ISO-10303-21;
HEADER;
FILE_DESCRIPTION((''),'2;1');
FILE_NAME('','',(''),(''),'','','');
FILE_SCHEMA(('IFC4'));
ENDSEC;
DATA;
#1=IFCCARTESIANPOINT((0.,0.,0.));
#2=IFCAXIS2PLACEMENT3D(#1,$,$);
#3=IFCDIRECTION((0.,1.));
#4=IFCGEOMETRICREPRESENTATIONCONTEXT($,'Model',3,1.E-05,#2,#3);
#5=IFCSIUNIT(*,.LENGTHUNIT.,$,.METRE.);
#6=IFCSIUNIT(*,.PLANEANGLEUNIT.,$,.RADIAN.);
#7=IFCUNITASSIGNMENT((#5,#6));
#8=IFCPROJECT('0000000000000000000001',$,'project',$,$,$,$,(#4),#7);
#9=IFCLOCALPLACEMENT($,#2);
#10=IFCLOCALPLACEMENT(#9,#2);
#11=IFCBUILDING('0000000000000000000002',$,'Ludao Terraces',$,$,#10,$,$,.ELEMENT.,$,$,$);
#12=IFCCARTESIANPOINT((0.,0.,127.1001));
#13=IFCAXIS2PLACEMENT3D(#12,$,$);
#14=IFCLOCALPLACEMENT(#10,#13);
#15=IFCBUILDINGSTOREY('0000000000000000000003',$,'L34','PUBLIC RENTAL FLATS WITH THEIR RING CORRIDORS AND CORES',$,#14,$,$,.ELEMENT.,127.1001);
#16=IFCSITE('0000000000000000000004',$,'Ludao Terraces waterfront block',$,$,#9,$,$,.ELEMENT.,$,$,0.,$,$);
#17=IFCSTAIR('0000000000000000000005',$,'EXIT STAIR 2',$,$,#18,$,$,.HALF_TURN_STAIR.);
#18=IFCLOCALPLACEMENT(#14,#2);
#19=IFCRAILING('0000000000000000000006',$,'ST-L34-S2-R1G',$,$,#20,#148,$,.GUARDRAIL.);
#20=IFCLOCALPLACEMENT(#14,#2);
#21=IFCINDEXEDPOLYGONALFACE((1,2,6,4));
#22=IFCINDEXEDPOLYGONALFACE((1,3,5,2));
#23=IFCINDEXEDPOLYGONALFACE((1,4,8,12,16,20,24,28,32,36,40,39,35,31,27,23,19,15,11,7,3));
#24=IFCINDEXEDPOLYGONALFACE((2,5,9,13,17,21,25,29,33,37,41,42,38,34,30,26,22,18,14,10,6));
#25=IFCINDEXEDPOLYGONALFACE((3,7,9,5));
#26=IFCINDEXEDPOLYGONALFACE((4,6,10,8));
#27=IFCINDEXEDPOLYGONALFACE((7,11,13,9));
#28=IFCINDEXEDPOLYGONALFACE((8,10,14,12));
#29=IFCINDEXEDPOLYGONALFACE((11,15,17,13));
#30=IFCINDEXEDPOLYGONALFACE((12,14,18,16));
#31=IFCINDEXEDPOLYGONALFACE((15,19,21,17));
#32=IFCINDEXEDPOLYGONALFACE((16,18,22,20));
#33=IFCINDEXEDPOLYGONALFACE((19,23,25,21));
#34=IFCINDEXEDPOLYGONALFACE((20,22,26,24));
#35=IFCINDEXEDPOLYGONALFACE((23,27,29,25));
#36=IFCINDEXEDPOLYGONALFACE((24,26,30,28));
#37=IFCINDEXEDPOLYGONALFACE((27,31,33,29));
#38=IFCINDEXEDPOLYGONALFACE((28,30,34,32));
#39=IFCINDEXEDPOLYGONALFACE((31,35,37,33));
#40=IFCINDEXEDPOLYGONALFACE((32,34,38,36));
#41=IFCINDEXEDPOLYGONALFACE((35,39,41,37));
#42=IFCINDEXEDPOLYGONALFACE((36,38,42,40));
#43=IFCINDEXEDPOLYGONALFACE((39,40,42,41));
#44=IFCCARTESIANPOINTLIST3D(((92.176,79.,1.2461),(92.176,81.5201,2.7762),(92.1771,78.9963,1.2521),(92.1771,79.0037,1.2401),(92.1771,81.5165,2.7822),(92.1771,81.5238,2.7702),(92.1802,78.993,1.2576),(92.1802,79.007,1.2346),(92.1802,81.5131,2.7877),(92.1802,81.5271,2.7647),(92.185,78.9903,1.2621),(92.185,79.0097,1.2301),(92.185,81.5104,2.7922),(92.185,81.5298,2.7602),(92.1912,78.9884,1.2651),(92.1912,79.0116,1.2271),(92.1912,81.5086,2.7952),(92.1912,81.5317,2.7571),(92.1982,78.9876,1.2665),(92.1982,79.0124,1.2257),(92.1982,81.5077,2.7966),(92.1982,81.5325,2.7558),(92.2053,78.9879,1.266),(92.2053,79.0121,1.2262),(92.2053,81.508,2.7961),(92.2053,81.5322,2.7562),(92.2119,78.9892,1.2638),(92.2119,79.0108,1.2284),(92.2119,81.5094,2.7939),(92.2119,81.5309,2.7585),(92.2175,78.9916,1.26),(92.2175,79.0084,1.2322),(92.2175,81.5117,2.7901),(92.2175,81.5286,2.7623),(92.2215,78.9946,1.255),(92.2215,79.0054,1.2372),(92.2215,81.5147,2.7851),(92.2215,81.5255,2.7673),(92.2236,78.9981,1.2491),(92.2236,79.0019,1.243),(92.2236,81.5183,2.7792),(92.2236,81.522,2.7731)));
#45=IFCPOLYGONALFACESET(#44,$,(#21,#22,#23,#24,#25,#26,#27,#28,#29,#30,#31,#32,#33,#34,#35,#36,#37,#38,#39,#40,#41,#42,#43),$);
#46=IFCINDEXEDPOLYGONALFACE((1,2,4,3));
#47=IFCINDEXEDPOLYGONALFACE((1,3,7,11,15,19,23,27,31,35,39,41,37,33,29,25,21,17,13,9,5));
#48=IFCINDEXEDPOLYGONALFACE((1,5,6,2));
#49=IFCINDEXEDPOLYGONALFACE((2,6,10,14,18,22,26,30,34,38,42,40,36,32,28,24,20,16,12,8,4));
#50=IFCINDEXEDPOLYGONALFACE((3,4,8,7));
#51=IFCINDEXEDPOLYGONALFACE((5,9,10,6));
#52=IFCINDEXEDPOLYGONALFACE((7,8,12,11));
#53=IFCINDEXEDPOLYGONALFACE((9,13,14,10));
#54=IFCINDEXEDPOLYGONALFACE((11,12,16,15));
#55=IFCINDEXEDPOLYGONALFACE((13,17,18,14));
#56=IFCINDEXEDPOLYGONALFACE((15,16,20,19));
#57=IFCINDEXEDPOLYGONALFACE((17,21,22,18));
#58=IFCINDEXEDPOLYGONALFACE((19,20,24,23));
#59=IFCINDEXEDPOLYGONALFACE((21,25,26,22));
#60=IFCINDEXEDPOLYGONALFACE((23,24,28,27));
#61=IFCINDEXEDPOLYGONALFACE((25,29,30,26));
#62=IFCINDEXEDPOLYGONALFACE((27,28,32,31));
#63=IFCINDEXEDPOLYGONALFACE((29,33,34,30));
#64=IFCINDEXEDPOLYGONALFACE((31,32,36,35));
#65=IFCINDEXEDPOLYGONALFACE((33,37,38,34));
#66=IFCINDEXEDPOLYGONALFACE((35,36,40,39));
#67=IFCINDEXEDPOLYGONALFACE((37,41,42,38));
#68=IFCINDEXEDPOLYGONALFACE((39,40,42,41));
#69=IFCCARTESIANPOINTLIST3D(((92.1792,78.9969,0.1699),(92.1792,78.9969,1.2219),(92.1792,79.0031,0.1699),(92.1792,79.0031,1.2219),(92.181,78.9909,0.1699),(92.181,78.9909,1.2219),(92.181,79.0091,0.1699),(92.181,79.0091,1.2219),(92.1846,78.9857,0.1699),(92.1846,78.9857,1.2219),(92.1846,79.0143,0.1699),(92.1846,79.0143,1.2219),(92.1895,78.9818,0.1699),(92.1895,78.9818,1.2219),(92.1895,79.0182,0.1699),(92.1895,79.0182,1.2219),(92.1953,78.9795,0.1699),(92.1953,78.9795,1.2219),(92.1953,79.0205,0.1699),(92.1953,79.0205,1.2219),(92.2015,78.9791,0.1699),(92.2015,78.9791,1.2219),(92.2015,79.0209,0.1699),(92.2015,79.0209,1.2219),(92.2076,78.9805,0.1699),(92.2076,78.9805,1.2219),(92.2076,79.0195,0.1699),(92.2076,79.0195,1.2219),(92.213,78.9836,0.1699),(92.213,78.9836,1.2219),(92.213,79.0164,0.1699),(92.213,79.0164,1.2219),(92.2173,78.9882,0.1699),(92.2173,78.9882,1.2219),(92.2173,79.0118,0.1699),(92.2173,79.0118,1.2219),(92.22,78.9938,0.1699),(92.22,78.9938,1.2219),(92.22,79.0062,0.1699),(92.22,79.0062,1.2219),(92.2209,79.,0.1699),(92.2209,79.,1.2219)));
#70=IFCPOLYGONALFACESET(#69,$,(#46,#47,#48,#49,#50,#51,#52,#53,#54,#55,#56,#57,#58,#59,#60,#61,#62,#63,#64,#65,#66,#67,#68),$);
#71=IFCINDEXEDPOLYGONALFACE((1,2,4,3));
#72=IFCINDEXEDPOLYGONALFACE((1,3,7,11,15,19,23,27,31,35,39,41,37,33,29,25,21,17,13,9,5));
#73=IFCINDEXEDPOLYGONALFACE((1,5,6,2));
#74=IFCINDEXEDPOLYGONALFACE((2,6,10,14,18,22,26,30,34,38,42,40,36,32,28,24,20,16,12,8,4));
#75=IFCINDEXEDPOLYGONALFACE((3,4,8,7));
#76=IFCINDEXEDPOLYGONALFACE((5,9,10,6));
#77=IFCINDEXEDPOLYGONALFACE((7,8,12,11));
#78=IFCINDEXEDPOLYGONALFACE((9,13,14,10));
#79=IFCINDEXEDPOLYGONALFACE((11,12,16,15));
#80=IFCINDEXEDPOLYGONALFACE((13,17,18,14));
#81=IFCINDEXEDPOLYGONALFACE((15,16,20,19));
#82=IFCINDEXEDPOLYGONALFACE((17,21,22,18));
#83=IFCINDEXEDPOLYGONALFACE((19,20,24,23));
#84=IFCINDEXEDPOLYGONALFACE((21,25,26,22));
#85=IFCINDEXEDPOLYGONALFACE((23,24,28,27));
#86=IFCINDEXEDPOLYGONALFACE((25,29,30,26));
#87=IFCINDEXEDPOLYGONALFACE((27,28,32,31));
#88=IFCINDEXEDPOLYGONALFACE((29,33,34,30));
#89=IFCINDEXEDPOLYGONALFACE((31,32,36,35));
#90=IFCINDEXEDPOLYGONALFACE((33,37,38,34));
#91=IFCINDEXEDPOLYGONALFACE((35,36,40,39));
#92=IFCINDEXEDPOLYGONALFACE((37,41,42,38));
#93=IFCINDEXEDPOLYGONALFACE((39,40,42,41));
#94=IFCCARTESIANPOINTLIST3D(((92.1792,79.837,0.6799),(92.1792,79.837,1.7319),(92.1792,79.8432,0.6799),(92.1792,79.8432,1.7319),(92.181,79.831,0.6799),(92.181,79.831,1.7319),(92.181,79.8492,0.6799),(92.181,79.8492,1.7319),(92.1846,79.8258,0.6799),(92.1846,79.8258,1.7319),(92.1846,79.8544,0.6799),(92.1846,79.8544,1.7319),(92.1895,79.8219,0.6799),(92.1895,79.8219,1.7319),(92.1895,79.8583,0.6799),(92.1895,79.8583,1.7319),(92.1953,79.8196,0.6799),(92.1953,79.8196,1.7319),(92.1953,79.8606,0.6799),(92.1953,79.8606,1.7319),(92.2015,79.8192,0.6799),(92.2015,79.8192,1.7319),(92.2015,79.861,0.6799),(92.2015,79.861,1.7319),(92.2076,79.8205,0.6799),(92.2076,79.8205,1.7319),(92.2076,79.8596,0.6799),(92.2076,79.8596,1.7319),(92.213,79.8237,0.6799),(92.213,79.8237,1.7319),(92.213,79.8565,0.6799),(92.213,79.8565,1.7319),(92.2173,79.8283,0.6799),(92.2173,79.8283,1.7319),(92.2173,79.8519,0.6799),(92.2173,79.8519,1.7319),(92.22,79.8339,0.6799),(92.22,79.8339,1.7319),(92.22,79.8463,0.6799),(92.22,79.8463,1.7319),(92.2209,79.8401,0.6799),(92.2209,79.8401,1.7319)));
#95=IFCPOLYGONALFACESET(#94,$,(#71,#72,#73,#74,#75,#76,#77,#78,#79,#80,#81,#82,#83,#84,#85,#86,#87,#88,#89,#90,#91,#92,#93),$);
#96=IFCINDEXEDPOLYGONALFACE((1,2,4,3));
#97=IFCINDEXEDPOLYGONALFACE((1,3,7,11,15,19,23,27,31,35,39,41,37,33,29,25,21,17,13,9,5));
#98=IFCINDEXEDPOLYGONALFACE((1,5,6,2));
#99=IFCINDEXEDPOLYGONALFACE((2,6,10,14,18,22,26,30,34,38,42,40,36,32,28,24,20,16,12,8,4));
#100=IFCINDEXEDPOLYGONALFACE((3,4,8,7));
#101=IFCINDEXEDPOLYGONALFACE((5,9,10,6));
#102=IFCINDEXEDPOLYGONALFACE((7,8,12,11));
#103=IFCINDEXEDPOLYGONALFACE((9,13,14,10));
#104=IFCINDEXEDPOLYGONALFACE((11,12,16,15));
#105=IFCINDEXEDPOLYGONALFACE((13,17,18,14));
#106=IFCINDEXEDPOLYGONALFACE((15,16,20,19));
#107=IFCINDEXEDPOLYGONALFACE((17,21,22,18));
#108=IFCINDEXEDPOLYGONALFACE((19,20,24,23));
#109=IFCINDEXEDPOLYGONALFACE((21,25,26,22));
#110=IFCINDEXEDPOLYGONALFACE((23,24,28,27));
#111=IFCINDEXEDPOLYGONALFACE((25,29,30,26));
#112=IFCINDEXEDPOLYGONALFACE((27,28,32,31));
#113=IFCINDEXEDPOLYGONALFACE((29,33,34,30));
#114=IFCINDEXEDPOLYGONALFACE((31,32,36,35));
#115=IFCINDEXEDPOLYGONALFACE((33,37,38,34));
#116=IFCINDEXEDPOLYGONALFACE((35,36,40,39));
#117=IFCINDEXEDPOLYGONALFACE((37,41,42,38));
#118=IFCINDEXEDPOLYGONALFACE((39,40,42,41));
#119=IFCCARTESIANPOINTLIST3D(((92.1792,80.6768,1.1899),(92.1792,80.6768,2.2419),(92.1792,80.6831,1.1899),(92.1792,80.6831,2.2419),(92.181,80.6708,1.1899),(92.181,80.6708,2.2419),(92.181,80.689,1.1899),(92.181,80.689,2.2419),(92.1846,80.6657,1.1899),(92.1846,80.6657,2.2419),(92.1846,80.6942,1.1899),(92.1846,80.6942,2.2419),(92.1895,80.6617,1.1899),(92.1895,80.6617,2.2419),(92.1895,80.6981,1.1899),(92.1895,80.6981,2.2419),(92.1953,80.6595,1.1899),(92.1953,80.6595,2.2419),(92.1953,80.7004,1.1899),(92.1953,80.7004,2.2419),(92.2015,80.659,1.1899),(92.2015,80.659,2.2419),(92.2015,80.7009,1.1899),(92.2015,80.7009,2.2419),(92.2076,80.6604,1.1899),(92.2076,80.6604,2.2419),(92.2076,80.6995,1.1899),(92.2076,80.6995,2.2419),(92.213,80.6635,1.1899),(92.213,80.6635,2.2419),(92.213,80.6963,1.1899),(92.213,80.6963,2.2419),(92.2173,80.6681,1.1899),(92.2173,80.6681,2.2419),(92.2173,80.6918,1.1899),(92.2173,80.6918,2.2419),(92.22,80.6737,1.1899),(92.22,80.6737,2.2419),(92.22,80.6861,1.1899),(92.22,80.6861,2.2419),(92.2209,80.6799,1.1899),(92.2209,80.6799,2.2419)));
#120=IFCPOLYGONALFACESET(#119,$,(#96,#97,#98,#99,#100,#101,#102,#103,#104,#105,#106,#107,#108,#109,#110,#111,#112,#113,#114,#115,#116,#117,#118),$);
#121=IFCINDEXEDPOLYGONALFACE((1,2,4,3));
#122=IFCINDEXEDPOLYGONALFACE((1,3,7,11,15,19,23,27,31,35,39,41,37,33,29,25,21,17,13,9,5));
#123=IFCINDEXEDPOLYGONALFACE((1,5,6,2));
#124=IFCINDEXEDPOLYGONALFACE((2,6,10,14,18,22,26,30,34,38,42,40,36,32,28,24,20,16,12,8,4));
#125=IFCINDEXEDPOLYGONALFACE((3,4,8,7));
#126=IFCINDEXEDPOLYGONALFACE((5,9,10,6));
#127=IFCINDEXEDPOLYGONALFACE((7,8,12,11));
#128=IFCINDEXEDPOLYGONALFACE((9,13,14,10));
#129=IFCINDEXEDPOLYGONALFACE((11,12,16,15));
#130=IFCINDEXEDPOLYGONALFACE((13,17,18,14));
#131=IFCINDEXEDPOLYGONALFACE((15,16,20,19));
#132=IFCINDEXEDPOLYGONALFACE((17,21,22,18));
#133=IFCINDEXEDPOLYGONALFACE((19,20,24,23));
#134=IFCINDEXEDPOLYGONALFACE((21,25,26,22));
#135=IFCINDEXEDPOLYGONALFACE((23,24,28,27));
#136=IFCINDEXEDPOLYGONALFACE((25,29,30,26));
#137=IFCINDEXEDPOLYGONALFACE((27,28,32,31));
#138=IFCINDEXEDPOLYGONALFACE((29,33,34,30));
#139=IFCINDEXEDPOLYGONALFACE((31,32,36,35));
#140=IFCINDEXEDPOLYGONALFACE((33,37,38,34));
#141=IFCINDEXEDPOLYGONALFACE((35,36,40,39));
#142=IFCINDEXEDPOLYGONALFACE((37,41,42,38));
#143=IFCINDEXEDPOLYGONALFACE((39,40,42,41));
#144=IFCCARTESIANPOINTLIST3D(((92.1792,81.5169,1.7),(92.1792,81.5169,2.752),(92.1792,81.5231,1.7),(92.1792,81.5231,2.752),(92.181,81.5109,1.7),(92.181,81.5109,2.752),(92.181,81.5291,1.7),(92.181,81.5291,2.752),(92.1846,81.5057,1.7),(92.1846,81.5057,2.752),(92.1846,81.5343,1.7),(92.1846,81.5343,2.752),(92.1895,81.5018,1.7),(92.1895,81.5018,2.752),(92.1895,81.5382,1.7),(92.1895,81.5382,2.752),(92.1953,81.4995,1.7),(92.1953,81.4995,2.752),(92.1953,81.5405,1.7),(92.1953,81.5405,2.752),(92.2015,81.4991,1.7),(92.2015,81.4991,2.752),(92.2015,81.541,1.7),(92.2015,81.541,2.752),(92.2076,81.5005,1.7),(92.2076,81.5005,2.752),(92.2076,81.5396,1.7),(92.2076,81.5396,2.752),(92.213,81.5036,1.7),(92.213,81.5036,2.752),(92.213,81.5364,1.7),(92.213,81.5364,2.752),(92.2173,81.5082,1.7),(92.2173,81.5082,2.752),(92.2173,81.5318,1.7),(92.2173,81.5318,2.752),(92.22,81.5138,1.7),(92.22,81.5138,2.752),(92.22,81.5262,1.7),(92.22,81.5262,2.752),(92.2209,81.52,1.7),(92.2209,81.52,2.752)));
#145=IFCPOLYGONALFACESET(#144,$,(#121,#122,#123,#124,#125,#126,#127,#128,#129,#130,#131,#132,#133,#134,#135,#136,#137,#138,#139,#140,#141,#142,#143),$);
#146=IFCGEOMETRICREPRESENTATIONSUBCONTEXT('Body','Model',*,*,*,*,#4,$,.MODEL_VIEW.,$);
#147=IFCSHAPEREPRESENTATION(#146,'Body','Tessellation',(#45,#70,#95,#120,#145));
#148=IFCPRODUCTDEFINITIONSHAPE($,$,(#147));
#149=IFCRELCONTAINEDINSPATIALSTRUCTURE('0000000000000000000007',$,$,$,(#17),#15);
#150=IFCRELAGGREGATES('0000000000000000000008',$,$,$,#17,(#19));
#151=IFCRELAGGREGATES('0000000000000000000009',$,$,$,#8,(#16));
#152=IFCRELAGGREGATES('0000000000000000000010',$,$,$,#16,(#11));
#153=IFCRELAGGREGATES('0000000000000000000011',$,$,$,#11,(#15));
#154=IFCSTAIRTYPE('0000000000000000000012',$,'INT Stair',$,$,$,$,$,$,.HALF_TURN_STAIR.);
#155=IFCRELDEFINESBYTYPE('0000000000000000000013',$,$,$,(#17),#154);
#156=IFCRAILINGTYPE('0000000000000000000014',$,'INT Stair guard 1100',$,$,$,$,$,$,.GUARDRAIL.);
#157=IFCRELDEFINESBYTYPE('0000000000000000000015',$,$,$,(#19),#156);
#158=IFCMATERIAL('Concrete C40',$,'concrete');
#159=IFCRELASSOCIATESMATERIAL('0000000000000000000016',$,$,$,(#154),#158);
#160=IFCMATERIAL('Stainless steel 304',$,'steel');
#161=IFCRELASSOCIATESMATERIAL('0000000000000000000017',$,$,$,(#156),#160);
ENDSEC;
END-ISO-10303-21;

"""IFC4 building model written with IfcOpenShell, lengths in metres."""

from ifc_helpers import new_model, si_unit, direction, frame, origin, origin_2d, place, context, subcontext, project, spatial, circle, extrude, material, type_object, element, aggregate, save


model = new_model("IFC4")

# Units and contexts
model_context = context("Model", 3, precision=1e-05, world=origin(), true_north=direction((0.0, 1.0)))
body_context = subcontext(model_context, "Body", "Model", "MODEL_VIEW")
ifc_project = project(units=[si_unit("LENGTHUNIT", "METRE"), si_unit("PLANEANGLEUNIT", "RADIAN")], contexts=[model_context])

# Site, building, storey
site_placement = place(None, origin())
site = spatial("IfcSite", under=ifc_project, at=site_placement, Name="Ludao Terraces waterfront block", CompositionType="ELEMENT", RefElevation=0.0)
building_placement = place(site_placement, origin())
building = spatial("IfcBuilding", under=site, at=building_placement, Name="Ludao Terraces", CompositionType="ELEMENT")
storey_placement = place(building_placement, frame((0.0, 0.0, 127.1001)))
storey = spatial("IfcBuildingStorey", under=building, at=storey_placement, Name="L34", Description="PUBLIC RENTAL FLATS WITH THEIR RING CORRIDORS AND CORES", CompositionType="ELEMENT", Elevation=127.1001)

# Stair, railing
ifc_material_1 = material(Name="Concrete C40", Category="concrete")
stair_type = type_object("IfcStairType", Name="INT Stair", PredefinedType="HALF_TURN_STAIR", material=ifc_material_1)
stair_placement = place(storey_placement, origin())
stair = element("IfcStair", 1, at=stair_placement, inside=storey, type_object=stair_type, Name="EXIT STAIR 2", PredefinedType="HALF_TURN_STAIR")
ifc_material_2 = material(Name="Stainless steel 304", Category="steel")
railing_type_1 = type_object("IfcRailingType", Name="INT Stair guard 1100", PredefinedType="GUARDRAIL", material=ifc_material_2)
railing_1_placement = place(storey_placement, frame((92.2, 79.0, 0.1699)))
railing_1 = element("IfcRailing", 2, at=railing_1_placement, type_object=railing_type_1, Name="ST-L34-S2-R1G", PredefinedType="GUARDRAIL", context=body_context, shape_type="SweptSolid", body=[
    extrude(circle(Radius=0.0239, at=origin_2d()), frame((0.0, 0.0, 1.0762), z_axis=(0.0, 0.854785, 0.518982), x_axis=(-1.0, 0.0, 0.0)), (0.0, 0.0, 1.0), 2.9482),
    extrude(circle(Radius=0.021, at=origin_2d()), origin(), (0.0, 0.0, 1.0), 1.052),
    extrude(circle(Radius=0.021, at=origin_2d()), frame((0.0, 0.8401, 0.51)), (0.0, 0.0, 1.0), 1.052),
    extrude(circle(Radius=0.021, at=origin_2d()), frame((0.0, 1.6799, 1.02)), (0.0, 0.0, 1.0), 1.052),
    extrude(circle(Radius=0.021, at=origin_2d()), frame((0.0, 2.52, 1.53)), (0.0, 0.0, 1.0), 1.052),
])
aggregate(stair, [railing_1])

save(model, "model.ifc")
